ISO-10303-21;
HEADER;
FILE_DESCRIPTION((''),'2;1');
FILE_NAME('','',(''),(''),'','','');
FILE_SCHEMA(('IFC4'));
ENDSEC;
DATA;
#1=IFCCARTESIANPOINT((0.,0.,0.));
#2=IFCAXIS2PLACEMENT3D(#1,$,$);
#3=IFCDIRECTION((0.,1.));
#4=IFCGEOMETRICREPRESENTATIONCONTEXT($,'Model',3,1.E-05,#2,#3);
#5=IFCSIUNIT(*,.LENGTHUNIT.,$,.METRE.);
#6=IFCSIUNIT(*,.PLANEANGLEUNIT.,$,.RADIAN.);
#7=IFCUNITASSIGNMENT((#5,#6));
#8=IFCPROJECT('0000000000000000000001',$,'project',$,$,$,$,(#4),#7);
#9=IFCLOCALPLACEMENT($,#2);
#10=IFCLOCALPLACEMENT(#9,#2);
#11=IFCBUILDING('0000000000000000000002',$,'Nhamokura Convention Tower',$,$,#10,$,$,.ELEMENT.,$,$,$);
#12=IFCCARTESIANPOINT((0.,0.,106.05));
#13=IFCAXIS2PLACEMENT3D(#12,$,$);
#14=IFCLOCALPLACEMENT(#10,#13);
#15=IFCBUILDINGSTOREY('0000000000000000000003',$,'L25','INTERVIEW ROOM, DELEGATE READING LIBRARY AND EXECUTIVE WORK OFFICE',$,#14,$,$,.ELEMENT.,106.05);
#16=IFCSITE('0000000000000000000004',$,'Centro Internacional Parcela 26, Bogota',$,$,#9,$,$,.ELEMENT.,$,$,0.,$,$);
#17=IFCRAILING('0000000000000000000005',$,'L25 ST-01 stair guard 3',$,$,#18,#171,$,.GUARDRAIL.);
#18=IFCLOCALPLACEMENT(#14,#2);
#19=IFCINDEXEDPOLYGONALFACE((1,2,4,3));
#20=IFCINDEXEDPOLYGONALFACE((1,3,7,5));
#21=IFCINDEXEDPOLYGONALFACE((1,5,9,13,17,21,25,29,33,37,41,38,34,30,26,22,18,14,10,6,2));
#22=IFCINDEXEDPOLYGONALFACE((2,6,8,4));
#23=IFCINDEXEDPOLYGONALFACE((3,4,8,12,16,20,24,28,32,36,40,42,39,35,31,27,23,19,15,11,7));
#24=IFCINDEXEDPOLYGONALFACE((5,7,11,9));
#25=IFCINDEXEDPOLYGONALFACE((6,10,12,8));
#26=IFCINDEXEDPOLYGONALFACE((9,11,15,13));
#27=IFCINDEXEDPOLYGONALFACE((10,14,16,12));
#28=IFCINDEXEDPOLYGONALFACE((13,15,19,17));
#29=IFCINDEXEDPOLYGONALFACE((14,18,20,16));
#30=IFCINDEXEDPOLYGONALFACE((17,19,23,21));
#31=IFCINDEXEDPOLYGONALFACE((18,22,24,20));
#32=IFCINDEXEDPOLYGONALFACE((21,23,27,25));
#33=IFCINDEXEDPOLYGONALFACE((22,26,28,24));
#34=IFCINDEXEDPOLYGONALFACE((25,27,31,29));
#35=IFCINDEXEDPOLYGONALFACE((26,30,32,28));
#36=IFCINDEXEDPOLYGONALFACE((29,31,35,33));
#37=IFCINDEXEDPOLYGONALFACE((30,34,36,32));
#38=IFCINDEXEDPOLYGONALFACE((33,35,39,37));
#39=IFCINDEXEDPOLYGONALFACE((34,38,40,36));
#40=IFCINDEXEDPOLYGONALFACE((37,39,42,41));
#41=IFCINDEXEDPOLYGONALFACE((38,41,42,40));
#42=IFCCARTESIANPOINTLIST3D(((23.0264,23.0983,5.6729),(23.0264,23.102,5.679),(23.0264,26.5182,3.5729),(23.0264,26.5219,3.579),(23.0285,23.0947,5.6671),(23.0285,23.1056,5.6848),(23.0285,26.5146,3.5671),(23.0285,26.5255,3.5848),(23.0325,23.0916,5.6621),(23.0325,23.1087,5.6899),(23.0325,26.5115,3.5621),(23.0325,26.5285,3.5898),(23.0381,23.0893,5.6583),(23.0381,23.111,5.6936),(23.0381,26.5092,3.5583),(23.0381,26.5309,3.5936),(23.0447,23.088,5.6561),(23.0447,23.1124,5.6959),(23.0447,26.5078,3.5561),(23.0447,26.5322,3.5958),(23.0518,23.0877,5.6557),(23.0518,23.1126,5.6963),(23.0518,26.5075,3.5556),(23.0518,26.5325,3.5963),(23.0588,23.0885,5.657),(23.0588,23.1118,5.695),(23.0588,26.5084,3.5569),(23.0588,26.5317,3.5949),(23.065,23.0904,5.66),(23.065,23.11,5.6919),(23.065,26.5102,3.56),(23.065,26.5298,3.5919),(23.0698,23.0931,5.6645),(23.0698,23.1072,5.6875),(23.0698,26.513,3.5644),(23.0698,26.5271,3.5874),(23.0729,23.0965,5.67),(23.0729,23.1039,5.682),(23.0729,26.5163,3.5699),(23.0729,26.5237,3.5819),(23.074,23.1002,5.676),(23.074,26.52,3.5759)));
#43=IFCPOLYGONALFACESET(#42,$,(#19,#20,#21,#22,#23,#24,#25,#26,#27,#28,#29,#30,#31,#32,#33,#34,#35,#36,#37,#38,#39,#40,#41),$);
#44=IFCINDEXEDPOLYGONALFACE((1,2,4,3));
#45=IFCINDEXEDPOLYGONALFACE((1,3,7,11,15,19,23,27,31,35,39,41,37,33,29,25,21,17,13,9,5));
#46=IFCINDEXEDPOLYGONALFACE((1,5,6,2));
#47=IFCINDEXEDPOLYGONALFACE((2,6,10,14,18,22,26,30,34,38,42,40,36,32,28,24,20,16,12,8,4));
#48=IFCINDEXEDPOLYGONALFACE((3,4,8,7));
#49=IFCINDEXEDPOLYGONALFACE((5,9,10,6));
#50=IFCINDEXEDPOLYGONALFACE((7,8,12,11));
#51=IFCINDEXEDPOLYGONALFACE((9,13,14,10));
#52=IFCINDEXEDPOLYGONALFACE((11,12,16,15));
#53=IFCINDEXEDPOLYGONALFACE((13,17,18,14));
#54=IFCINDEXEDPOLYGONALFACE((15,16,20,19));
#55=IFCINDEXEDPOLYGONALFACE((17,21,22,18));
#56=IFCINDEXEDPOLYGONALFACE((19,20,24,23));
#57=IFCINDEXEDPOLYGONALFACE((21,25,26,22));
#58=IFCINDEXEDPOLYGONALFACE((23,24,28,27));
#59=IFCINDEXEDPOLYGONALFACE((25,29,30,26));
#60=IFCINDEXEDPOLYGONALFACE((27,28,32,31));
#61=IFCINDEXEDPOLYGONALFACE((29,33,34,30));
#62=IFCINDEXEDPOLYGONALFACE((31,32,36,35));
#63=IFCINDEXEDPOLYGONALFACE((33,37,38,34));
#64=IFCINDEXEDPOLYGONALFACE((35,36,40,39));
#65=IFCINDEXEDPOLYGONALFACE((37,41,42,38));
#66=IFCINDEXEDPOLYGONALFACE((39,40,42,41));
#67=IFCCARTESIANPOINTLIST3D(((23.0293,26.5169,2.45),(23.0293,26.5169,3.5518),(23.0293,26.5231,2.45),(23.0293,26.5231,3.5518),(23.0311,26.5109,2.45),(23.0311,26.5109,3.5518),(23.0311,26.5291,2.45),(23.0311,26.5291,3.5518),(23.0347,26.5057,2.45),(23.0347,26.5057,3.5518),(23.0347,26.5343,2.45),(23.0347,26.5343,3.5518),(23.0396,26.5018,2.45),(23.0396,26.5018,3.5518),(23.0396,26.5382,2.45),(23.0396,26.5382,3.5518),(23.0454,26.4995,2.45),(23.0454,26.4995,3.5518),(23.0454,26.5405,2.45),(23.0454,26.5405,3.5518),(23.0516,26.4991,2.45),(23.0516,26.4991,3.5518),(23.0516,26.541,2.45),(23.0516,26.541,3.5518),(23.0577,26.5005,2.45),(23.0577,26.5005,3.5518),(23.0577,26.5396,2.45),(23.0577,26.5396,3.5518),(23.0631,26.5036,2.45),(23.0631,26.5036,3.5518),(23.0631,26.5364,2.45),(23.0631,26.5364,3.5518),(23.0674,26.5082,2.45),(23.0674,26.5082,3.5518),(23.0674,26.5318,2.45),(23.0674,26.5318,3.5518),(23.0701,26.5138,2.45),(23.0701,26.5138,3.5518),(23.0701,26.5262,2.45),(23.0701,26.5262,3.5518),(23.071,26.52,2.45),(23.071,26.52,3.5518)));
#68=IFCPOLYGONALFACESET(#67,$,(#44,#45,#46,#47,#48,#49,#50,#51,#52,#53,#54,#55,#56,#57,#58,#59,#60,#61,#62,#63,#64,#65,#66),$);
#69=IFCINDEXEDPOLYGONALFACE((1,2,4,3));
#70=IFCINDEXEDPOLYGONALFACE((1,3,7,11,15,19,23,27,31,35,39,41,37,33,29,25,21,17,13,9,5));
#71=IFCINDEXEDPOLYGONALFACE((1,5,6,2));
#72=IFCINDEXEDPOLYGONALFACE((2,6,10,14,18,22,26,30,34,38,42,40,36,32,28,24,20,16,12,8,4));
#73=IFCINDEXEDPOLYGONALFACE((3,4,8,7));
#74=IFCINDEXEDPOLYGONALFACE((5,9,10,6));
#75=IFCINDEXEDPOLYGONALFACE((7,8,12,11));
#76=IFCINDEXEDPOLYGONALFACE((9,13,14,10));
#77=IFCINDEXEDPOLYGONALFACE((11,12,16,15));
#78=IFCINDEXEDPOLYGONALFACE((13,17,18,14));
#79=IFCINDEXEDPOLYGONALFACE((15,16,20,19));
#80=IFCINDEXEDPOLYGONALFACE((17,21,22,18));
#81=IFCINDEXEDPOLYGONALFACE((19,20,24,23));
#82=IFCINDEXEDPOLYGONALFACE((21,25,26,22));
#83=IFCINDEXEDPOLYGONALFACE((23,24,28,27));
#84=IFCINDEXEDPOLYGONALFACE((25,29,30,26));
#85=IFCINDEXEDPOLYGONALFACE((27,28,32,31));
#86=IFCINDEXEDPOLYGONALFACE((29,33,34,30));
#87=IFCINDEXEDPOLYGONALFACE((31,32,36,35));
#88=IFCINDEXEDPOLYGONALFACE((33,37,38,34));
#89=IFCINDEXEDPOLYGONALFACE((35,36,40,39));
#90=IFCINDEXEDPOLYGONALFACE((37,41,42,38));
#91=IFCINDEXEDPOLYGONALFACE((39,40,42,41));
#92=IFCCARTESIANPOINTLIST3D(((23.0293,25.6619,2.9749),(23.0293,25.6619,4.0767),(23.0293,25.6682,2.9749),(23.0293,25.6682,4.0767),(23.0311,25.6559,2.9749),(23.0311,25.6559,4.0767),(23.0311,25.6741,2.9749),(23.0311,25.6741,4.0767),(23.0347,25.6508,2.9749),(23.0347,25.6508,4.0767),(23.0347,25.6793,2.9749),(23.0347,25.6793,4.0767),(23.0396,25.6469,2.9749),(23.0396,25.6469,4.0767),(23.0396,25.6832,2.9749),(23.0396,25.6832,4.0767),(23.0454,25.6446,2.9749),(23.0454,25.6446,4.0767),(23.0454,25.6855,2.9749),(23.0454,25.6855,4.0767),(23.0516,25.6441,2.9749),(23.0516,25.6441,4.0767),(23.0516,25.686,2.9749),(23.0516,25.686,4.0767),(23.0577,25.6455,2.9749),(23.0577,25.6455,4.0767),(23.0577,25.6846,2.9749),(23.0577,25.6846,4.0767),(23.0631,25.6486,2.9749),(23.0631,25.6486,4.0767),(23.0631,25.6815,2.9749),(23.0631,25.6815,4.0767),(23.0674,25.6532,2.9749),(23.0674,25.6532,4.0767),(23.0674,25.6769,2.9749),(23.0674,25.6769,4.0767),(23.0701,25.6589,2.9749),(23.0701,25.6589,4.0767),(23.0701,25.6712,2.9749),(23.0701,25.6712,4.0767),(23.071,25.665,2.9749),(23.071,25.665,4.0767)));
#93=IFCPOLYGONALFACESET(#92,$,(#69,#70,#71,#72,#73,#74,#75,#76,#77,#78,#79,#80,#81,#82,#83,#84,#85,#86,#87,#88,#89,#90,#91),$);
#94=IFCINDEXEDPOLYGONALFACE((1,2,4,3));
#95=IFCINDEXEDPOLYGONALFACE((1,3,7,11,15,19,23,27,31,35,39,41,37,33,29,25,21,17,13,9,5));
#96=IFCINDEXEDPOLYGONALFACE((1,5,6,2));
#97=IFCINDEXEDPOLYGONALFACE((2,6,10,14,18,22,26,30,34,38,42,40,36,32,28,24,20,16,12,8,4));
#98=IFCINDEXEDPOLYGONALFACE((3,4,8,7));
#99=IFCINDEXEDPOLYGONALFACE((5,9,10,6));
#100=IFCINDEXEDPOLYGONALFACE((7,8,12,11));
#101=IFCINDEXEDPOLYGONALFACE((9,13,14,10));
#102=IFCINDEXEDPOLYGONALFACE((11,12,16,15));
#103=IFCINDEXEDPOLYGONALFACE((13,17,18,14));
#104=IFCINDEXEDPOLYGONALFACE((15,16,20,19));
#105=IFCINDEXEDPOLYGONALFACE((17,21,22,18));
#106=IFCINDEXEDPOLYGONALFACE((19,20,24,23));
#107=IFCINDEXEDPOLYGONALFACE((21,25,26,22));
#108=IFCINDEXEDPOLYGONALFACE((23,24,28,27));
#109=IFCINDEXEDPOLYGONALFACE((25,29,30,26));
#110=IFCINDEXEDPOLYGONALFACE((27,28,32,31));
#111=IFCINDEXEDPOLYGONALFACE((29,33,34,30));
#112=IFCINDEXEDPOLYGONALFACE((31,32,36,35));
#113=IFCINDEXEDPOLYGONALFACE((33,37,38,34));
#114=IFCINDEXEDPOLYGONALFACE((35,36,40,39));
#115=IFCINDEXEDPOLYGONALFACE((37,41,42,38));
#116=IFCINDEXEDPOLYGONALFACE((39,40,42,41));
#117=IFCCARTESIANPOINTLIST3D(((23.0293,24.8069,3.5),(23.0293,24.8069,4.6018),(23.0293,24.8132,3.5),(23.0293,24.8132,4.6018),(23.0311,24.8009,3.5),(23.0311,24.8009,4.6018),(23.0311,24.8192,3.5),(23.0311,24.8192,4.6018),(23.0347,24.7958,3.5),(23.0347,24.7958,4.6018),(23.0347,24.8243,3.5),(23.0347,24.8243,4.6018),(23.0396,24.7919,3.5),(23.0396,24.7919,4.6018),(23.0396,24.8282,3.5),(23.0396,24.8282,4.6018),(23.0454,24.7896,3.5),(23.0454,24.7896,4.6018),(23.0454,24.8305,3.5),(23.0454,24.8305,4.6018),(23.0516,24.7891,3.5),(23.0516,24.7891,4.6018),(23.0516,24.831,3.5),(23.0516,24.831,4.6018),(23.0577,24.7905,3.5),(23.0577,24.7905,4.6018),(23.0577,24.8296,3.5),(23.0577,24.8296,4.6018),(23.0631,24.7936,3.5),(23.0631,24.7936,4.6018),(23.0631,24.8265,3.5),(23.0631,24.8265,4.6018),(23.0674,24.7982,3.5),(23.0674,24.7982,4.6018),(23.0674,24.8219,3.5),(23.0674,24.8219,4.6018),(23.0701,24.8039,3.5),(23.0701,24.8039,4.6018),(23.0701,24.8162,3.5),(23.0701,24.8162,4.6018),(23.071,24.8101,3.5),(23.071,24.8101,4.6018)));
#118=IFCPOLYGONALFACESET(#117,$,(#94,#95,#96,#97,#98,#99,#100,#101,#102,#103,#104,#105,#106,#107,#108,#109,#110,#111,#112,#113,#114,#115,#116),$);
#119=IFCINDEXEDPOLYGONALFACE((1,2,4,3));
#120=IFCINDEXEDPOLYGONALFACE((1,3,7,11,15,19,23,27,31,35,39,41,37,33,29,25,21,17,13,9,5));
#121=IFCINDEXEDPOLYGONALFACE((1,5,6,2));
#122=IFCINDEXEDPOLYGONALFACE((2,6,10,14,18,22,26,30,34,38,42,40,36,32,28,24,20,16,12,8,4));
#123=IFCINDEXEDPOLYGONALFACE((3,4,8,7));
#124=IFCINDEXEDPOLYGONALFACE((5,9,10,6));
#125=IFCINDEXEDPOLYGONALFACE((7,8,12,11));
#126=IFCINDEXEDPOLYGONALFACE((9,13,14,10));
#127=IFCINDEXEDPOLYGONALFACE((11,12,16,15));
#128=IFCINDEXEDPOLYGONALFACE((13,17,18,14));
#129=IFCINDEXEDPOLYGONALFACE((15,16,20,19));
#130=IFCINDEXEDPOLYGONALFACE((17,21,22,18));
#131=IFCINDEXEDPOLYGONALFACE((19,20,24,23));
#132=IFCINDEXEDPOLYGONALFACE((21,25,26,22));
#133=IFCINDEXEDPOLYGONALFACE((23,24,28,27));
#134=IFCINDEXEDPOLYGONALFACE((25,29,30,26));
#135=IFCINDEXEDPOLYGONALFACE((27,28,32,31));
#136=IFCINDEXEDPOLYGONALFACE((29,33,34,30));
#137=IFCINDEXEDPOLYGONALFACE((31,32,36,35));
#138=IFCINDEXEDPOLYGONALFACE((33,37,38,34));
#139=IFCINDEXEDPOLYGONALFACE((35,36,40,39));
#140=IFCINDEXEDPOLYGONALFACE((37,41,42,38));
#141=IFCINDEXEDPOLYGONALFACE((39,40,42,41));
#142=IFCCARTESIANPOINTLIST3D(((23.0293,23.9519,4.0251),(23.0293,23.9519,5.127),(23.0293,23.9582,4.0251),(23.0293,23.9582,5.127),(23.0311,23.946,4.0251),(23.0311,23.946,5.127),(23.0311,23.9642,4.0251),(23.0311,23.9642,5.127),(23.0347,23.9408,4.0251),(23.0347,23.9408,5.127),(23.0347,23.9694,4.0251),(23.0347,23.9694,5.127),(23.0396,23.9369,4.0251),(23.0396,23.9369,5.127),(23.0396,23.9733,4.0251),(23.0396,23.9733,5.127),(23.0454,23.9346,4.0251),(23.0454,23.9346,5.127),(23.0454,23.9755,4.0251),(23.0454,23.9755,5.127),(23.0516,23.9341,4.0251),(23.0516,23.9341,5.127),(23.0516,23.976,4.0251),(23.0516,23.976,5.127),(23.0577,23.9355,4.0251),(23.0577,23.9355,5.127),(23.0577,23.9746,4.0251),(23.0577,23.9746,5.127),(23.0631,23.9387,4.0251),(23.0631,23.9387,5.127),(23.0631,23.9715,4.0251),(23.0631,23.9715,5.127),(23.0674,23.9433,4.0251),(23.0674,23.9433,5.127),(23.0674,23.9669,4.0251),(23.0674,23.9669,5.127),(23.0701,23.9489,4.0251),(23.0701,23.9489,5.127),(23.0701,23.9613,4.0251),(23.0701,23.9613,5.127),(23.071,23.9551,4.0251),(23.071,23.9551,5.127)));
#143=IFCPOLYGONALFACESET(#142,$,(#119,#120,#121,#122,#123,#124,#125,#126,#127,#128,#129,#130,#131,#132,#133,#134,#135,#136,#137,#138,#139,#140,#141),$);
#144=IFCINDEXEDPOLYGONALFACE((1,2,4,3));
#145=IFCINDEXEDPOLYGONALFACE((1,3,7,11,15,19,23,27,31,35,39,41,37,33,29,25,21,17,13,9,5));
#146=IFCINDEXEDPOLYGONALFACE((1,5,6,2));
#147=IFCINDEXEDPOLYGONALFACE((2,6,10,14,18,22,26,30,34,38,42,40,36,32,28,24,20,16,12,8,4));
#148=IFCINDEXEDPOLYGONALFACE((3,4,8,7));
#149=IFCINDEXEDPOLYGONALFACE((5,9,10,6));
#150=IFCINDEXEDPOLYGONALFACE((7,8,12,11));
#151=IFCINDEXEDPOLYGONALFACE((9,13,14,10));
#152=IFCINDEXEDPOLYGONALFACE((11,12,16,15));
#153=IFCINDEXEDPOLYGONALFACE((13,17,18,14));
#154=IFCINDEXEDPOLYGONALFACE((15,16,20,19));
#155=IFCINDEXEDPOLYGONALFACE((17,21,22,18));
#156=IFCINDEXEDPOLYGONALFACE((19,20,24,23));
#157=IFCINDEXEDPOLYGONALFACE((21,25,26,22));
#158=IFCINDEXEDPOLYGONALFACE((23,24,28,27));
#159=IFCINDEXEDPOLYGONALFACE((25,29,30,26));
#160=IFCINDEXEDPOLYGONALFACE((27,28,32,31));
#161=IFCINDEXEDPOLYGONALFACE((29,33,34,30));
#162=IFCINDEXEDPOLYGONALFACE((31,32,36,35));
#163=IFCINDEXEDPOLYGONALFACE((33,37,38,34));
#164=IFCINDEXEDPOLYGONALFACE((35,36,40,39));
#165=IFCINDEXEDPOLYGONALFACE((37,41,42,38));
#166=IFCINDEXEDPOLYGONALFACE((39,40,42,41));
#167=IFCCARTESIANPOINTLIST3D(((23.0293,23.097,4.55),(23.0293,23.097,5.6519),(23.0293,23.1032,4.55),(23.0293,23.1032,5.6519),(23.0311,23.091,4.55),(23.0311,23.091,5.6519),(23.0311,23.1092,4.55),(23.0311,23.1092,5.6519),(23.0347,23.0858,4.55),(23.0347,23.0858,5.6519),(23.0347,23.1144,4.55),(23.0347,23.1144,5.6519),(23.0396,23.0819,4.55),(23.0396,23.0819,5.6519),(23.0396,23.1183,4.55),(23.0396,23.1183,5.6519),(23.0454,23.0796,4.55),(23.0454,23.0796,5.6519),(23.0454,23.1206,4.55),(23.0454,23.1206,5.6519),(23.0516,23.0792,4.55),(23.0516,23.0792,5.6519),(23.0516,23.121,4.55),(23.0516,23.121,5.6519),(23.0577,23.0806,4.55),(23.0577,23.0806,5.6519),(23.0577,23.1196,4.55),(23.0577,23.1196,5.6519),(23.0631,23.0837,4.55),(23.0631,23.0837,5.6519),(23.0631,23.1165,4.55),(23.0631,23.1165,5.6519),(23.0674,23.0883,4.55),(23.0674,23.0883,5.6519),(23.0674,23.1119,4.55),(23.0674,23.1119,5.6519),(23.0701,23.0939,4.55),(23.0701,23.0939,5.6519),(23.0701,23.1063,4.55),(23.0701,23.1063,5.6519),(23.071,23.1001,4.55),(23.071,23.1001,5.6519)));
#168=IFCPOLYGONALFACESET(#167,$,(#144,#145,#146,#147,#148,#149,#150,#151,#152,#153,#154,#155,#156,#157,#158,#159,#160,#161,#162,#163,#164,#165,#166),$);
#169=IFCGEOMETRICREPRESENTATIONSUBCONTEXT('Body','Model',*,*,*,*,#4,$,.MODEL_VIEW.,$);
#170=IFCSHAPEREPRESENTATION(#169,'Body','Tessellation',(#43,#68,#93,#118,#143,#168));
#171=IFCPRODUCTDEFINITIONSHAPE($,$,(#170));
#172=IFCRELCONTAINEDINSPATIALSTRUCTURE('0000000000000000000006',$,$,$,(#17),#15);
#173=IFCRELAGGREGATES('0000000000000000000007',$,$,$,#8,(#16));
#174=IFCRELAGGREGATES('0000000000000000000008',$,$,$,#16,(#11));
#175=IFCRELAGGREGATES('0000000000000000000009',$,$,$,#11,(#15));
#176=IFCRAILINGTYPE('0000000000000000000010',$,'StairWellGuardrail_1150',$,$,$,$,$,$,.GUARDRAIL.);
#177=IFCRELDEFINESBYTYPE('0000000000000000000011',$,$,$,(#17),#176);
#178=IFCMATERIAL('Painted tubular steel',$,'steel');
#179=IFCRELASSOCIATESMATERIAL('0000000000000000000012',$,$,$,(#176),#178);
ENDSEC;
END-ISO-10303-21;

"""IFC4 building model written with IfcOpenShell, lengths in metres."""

from ifc_helpers import new_model, si_unit, direction, frame, origin, origin_2d, place, context, subcontext, project, spatial, circle, extrude, material, type_object, element, save


model = new_model("IFC4")

# Units and contexts
model_context = context("Model", 3, precision=1e-05, world=origin(), true_north=direction((0.0, 1.0)))
body_context = subcontext(model_context, "Body", "Model", "MODEL_VIEW")
ifc_project = project(units=[si_unit("LENGTHUNIT", "METRE"), si_unit("PLANEANGLEUNIT", "RADIAN")], contexts=[model_context])

# Site, building, storey
site_placement = place(None, origin())
site = spatial("IfcSite", under=ifc_project, at=site_placement, Name="Centro Internacional Parcela 26, Bogota", CompositionType="ELEMENT", RefElevation=0.0)
building_placement = place(site_placement, origin())
building = spatial("IfcBuilding", under=site, at=building_placement, Name="Nhamokura Convention Tower", CompositionType="ELEMENT")
storey_placement = place(building_placement, frame((0.0, 0.0, 106.05)))
storey = spatial("IfcBuildingStorey", under=building, at=storey_placement, Name="L25", Description="INTERVIEW ROOM, DELEGATE READING LIBRARY AND EXECUTIVE WORK OFFICE", CompositionType="ELEMENT", Elevation=106.05)

# Railing
ifc_material_1 = material(Name="Painted tubular steel", Category="steel")
railing_type_1 = type_object("IfcRailingType", Name="StairWellGuardrail_1150", PredefinedType="GUARDRAIL", material=ifc_material_1)
railing_1_placement = place(storey_placement, frame((23.05, 26.52, 2.45)))
element("IfcRailing", 1, at=railing_1_placement, inside=storey, type_object=railing_type_1, Name="L25 ST-01 stair guard 3", PredefinedType="GUARDRAIL", context=body_context, shape_type="SweptSolid", body=[
    extrude(circle(Radius=0.0239, at=origin_2d()), frame((0.0, 0.0, 1.126), z_axis=(0.0, -0.852155, 0.523289), x_axis=(1.0, 0.0, 0.0)), (0.0, 0.0, 1.0), 4.0132),
    extrude(circle(Radius=0.021, at=origin_2d()), origin(), (0.0, 0.0, 1.0), 1.1018),
    extrude(circle(Radius=0.021, at=origin_2d()), frame((0.0, -0.855, 0.5249)), (0.0, 0.0, 1.0), 1.1018),
    extrude(circle(Radius=0.021, at=origin_2d()), frame((0.0, -1.71, 1.05)), (0.0, 0.0, 1.0), 1.1018),
    extrude(circle(Radius=0.021, at=origin_2d()), frame((0.0, -2.5649, 1.5752)), (0.0, 0.0, 1.0), 1.1018),
    extrude(circle(Radius=0.021, at=origin_2d()), frame((0.0, -3.4199, 2.1001)), (0.0, 0.0, 1.0), 1.1018),
])

save(model, "model.ifc")
